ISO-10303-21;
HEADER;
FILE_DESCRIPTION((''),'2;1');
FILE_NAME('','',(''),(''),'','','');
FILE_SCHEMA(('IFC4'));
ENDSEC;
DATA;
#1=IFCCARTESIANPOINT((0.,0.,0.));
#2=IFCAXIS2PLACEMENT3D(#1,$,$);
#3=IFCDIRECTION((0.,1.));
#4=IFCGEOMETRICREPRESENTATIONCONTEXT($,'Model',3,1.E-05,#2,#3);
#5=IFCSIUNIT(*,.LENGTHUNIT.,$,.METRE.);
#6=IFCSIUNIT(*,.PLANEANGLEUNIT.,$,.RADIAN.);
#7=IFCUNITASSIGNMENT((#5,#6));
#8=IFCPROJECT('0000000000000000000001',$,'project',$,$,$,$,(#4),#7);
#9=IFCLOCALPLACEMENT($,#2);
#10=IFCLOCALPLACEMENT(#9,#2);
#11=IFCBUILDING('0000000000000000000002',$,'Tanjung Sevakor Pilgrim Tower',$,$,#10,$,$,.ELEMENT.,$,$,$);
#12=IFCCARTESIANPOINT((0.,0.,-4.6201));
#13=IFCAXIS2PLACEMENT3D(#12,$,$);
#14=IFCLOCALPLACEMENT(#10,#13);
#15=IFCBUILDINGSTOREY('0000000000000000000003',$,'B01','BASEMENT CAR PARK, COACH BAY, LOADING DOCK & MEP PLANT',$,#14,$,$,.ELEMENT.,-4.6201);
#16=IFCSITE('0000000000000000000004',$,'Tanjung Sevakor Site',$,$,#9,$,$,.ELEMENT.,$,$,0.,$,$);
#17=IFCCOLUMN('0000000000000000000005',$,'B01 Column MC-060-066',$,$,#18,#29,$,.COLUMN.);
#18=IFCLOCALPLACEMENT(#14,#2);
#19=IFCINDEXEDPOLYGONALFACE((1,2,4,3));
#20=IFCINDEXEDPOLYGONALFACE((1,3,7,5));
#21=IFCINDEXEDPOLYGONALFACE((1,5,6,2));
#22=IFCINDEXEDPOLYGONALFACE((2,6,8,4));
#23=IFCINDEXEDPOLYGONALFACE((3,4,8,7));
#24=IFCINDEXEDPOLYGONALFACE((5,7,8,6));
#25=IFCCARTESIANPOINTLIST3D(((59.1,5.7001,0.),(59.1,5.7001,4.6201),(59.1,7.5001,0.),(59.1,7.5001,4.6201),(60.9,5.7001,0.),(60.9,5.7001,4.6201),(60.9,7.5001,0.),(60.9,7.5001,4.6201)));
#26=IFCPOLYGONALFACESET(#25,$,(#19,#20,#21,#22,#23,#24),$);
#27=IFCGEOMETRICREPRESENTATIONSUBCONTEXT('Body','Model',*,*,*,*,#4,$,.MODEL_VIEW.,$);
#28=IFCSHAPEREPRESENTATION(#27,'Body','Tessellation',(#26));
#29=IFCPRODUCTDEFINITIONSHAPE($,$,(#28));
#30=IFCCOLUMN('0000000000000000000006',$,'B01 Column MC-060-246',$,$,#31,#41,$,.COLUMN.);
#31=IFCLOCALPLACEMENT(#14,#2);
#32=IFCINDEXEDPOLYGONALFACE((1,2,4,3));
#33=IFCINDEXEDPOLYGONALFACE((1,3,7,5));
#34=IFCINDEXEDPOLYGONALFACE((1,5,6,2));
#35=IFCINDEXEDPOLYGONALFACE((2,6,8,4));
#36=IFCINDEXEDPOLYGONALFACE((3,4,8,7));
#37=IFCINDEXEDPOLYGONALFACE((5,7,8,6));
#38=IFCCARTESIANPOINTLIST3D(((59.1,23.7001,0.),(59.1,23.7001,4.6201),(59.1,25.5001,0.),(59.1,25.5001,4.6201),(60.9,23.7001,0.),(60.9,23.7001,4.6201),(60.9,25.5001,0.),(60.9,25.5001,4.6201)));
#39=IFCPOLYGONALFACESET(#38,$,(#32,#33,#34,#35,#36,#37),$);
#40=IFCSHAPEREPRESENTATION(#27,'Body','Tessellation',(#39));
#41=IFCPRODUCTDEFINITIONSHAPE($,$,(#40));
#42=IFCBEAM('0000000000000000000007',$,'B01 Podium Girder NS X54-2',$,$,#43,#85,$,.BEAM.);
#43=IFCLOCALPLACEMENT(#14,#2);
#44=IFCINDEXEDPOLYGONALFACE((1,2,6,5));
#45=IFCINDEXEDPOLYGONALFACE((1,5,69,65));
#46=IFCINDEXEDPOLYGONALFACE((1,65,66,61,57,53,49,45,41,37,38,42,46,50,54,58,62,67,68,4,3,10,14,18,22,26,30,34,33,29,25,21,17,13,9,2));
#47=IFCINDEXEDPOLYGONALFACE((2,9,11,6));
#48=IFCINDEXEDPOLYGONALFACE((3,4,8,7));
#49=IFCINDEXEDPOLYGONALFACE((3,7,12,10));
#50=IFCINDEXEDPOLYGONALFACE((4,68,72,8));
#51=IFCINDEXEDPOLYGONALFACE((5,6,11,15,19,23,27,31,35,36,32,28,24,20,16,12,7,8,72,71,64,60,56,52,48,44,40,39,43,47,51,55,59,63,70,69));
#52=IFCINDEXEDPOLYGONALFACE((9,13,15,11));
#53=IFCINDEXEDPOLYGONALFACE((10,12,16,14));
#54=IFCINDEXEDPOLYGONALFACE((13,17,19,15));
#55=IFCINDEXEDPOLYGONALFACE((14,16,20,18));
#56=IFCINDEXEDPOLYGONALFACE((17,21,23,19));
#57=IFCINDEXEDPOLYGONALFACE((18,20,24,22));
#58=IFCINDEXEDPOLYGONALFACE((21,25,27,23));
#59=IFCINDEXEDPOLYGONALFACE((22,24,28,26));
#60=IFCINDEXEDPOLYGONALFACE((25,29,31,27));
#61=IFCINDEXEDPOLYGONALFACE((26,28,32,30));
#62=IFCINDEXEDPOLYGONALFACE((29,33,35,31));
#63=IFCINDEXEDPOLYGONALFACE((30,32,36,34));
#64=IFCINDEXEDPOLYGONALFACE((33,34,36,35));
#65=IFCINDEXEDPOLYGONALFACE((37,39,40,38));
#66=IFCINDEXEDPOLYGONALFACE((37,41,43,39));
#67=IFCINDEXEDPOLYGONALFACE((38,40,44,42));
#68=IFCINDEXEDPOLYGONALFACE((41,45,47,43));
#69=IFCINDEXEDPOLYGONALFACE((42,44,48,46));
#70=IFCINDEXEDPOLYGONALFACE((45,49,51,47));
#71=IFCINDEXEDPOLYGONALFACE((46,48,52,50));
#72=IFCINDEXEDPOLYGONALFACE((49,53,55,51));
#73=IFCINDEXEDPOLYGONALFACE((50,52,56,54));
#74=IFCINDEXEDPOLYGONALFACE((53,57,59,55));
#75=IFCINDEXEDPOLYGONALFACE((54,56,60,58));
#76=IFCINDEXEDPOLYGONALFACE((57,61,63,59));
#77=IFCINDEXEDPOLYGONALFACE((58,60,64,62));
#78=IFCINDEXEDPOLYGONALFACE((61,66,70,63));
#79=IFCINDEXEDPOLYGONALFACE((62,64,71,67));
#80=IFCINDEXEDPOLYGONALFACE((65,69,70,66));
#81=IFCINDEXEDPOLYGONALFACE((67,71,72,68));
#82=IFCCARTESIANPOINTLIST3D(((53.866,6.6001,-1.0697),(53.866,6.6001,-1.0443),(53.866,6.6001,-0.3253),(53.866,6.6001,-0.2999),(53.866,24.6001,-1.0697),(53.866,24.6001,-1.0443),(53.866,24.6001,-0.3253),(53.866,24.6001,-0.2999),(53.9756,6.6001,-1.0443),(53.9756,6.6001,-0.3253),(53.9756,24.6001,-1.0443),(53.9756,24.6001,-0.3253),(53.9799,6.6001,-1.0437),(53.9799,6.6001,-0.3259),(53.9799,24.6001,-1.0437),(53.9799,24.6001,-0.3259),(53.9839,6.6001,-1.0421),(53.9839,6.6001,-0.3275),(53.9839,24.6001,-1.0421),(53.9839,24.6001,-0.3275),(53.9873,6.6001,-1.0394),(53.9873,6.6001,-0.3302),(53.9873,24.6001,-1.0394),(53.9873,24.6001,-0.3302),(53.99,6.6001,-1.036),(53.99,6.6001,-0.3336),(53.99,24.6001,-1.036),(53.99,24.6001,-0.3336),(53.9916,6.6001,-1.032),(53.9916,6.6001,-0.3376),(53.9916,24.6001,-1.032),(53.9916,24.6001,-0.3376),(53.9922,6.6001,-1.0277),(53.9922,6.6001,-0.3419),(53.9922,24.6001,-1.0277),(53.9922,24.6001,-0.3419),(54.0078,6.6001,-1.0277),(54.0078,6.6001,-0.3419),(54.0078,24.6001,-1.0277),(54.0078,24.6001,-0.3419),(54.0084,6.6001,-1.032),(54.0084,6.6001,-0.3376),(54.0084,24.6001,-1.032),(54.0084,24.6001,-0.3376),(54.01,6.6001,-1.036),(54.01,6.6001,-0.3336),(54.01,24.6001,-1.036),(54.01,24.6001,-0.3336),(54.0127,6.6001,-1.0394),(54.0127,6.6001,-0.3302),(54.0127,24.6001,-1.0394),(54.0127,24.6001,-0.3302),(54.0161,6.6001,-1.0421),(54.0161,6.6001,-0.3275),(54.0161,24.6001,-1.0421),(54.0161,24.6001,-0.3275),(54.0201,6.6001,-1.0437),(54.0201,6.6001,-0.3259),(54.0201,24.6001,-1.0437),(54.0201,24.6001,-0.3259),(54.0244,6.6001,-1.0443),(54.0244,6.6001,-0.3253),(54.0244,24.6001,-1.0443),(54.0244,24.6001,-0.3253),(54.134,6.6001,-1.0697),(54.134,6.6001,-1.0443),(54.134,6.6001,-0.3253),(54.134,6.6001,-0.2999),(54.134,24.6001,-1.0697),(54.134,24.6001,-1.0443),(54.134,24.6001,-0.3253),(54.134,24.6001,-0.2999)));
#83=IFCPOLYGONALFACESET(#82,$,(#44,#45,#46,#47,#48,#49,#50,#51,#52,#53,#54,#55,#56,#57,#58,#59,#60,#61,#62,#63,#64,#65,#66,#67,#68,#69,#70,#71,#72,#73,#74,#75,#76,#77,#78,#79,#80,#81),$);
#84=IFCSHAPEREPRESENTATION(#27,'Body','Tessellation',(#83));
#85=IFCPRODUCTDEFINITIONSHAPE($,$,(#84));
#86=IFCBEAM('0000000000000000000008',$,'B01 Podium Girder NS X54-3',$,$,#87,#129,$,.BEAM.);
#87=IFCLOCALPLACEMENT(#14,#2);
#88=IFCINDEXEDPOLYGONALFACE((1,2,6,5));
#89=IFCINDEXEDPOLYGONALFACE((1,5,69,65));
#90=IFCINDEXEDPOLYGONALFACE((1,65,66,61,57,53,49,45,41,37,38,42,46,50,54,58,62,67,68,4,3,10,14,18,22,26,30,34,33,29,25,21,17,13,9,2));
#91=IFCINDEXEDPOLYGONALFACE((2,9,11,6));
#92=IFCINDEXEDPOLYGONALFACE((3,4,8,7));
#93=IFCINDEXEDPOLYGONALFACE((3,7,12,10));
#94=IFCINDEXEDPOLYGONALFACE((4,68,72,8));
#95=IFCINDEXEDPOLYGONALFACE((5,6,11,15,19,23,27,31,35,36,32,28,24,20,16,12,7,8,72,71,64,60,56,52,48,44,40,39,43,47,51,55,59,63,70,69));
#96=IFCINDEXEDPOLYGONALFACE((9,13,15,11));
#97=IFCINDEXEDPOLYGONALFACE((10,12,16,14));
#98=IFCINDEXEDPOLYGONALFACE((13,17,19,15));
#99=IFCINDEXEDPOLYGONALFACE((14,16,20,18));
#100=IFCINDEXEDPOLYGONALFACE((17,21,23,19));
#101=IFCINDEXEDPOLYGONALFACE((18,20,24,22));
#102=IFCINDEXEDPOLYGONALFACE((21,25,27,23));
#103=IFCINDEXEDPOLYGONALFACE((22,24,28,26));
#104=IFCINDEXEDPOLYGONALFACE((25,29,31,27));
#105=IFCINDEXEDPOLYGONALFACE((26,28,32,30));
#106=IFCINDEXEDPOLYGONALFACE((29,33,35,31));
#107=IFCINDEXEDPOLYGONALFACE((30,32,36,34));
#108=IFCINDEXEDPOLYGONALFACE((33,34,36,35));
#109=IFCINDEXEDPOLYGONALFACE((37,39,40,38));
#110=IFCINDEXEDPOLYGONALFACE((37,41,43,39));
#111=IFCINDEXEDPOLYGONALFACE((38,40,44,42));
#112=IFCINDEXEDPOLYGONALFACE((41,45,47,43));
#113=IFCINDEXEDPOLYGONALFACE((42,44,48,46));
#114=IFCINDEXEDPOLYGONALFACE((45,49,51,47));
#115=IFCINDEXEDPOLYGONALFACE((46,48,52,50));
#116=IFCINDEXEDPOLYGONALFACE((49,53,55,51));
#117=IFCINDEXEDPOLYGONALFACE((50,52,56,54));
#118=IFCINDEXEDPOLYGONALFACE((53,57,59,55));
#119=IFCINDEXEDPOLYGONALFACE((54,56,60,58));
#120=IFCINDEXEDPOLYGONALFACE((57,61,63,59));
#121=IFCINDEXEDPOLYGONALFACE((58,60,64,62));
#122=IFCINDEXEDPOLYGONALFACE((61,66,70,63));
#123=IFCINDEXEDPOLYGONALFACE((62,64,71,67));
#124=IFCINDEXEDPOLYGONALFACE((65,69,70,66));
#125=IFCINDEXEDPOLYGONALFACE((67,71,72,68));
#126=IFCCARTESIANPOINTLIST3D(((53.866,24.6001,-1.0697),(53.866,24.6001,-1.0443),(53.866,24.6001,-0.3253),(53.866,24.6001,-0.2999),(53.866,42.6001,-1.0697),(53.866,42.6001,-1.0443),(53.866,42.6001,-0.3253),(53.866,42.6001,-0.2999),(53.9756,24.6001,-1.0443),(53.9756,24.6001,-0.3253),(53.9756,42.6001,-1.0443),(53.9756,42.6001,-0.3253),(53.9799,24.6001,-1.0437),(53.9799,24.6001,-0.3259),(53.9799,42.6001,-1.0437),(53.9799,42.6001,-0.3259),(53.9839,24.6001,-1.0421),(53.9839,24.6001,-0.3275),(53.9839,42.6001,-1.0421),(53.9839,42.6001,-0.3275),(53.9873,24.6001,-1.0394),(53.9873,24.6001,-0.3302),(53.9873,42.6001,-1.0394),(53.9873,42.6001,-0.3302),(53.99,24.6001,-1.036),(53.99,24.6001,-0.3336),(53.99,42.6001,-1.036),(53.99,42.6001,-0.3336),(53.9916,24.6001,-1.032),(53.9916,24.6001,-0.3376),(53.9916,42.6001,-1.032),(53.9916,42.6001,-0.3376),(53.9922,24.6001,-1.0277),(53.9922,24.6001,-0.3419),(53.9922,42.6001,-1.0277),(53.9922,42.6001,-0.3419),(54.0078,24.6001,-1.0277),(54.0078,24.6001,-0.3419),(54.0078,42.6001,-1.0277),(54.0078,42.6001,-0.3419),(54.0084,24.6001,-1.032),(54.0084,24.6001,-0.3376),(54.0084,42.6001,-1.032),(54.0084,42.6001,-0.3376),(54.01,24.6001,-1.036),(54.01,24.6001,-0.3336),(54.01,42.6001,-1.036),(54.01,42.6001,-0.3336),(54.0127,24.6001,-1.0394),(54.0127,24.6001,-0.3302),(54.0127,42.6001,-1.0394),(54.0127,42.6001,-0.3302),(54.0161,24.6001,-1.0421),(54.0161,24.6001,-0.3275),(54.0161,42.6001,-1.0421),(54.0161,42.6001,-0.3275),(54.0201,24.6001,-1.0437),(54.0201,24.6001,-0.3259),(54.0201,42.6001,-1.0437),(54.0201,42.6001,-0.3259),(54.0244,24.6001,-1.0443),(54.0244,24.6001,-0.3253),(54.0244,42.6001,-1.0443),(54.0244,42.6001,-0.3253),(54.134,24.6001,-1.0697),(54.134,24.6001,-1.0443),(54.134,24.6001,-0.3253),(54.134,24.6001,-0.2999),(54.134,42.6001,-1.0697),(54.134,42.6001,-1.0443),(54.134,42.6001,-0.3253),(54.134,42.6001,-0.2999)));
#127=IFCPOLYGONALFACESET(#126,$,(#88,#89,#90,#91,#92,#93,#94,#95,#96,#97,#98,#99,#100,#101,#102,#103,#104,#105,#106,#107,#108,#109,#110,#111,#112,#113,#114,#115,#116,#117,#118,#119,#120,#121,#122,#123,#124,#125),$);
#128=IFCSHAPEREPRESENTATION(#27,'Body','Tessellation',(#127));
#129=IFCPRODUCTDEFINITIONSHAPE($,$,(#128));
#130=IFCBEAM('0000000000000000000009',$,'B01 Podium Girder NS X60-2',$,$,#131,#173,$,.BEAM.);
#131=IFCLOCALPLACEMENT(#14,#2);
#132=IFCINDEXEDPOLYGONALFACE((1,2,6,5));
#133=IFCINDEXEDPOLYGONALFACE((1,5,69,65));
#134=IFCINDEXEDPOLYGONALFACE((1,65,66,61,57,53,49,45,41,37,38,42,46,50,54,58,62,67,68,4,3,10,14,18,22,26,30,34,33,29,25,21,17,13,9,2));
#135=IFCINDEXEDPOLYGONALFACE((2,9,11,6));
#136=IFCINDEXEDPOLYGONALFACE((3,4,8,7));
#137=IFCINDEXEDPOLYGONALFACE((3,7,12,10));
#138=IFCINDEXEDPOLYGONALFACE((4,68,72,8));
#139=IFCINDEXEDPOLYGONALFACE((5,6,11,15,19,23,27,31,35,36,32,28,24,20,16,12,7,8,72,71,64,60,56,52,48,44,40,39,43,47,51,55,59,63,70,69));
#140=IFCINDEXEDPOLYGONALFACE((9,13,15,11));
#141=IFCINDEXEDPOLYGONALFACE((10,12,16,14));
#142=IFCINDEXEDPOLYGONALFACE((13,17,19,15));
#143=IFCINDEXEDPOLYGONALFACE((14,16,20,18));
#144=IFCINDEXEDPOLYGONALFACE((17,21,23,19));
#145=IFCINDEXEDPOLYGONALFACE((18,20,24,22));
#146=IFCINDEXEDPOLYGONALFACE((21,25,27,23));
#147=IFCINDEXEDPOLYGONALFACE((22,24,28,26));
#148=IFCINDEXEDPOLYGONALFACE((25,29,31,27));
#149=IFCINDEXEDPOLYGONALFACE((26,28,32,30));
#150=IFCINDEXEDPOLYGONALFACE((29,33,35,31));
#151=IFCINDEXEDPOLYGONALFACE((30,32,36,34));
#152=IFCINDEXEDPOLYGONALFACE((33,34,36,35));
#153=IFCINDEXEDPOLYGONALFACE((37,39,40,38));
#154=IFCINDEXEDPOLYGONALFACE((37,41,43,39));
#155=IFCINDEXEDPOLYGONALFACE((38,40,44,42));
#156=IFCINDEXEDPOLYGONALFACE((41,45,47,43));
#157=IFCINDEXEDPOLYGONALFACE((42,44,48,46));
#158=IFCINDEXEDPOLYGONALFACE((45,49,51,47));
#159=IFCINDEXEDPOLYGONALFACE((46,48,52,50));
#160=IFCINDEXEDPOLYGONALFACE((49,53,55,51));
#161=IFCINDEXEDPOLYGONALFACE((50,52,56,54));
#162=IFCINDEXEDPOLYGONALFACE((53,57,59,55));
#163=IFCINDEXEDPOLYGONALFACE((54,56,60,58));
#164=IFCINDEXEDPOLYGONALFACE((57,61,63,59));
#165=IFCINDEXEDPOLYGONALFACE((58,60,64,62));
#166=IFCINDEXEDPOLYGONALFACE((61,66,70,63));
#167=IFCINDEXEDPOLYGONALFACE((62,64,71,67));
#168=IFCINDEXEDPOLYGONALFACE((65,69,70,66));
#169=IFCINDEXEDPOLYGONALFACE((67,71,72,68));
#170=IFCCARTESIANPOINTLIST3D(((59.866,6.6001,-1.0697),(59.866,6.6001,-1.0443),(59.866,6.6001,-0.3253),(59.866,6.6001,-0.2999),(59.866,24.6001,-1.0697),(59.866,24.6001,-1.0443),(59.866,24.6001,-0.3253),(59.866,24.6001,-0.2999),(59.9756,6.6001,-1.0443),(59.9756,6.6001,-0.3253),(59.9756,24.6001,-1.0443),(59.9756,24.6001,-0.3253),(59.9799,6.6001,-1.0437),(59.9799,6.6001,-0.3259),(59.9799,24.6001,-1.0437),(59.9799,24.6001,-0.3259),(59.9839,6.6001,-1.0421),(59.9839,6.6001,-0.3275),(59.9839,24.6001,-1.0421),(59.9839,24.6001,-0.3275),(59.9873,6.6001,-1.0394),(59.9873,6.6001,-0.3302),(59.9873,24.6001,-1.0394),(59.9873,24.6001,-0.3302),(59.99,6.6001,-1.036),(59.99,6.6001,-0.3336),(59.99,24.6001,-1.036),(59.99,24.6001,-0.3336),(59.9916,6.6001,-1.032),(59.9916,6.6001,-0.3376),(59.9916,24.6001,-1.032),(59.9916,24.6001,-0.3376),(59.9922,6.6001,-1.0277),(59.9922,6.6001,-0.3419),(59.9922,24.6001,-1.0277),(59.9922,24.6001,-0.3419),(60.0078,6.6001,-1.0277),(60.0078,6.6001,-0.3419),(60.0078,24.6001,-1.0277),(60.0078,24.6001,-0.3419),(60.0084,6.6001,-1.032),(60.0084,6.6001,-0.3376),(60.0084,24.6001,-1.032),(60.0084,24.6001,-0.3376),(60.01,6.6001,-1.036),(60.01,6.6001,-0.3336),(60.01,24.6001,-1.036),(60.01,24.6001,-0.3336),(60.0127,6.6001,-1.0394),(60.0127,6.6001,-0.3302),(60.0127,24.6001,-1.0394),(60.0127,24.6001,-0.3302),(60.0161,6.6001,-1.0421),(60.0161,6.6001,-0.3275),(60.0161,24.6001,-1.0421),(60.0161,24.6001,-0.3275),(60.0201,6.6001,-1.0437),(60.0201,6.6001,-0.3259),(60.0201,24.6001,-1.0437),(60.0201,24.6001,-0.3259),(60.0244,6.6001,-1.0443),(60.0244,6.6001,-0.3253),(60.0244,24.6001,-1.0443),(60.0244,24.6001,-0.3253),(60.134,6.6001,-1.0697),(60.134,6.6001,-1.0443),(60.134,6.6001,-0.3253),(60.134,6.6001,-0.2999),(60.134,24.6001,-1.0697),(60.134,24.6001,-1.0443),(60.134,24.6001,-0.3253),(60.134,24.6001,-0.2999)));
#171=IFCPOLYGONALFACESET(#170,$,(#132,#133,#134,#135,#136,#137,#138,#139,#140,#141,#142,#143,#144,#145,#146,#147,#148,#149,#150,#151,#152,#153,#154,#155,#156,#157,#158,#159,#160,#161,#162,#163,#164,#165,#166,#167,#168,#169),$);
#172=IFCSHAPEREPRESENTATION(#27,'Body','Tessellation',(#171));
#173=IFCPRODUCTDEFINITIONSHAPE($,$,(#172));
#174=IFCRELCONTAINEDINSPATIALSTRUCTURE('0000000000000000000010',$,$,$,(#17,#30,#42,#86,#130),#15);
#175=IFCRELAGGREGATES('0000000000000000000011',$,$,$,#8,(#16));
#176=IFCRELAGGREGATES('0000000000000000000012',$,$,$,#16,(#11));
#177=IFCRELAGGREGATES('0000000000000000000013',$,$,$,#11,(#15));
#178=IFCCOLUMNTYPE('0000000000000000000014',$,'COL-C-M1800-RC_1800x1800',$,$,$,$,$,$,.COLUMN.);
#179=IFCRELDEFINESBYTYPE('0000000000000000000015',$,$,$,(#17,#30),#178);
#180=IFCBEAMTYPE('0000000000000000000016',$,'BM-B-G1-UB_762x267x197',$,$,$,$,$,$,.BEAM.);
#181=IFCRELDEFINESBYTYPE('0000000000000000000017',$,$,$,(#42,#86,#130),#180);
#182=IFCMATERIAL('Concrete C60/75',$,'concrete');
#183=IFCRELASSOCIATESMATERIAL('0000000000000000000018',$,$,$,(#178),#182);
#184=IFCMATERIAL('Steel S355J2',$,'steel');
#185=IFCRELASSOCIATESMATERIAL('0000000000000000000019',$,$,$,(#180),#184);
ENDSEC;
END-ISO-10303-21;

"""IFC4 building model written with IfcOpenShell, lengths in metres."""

from ifc_helpers import new_model, si_unit, direction, frame, origin, origin_2d, place, context, subcontext, project, spatial, rectangle, i_section, extrude, material, material_profile, profile_set, type_object, element, save


model = new_model("IFC4")

# Units and contexts
model_context = context("Model", 3, precision=1e-05, world=origin(), true_north=direction((0.0, 1.0)))
body_context = subcontext(model_context, "Body", "Model", "MODEL_VIEW")
ifc_project = project(units=[si_unit("LENGTHUNIT", "METRE"), si_unit("PLANEANGLEUNIT", "RADIAN")], contexts=[model_context])

# Site, building, storey
site_placement = place(None, origin())
site = spatial("IfcSite", under=ifc_project, at=site_placement, Name="Tanjung Sevakor Site", CompositionType="ELEMENT", RefElevation=0.0)
building_placement = place(site_placement, origin())
building = spatial("IfcBuilding", under=site, at=building_placement, Name="Tanjung Sevakor Pilgrim Tower", CompositionType="ELEMENT")
storey_placement = place(building_placement, frame((0.0, 0.0, -4.6201)))
storey = spatial("IfcBuildingStorey", under=building, at=storey_placement, Name="B01", Description="BASEMENT CAR PARK, COACH BAY, LOADING DOCK & MEP PLANT", CompositionType="ELEMENT", Elevation=-4.6201)

# Columns
ifc_material_1 = material(Name="Concrete C60/75", Category="concrete")
ifc_material_profile_1 = material_profile(ifc_material_1, rectangle(XDim=1.8, YDim=1.8, at=origin_2d()))
ifc_profile_set_1 = profile_set([ifc_material_profile_1], Name="Concrete C60/75")
column_type = type_object("IfcColumnType", Name="COL-C-M1800-RC_1800x1800", PredefinedType="COLUMN", material=ifc_profile_set_1)
for number, where, z_axis, x_axis, name in (
    (1, (60.0, 6.6001, 0.0), (0.0, 0.0, 1.0), (1.0, 0.0, 0.0), "B01 Column MC-060-066"),
    (2, (60.0, 24.6001, 0.0), (0.0, 0.0, 1.0), (1.0, 0.0, 0.0), "B01 Column MC-060-246"),
):
    element("IfcColumn", number, at=place(storey_placement, frame(where, z_axis=z_axis, x_axis=x_axis)), inside=storey, type_object=column_type, Name=name, PredefinedType="COLUMN", context=body_context, shape_type="SweptSolid", body=[
        extrude(rectangle(XDim=1.8, YDim=1.8, at=origin_2d()), origin(), (0.0, 0.0, 1.0), 4.6201),
    ])

# Beams
ifc_material_2 = material(Name="Steel S355J2", Category="steel")
ifc_material_profile_2 = material_profile(ifc_material_2, i_section(OverallWidth=0.2681, OverallDepth=0.7698, WebThickness=0.0156, FlangeThickness=0.0254, FilletRadius=0.0166, at=origin_2d()))
ifc_profile_set_2 = profile_set([ifc_material_profile_2], Name="Steel S355J2")
beam_type_1 = type_object("IfcBeamType", Name="BM-B-G1-UB_762x267x197", PredefinedType="BEAM", material=ifc_profile_set_2)
for number, where, z_axis, x_axis, name in (
    (3, (54.0, 6.6001, -0.6848), (0.0, 1.0, 0.0), (-1.0, 0.0, 0.0), "B01 Podium Girder NS X54-2"),
    (4, (54.0, 24.6001, -0.6848), (0.0, 1.0, 0.0), (-1.0, 0.0, 0.0), "B01 Podium Girder NS X54-3"),
    (5, (60.0, 6.6001, -0.6848), (0.0, 1.0, 0.0), (-1.0, 0.0, 0.0), "B01 Podium Girder NS X60-2"),
):
    element("IfcBeam", number, at=place(storey_placement, frame(where, z_axis=z_axis, x_axis=x_axis)), inside=storey, type_object=beam_type_1, Name=name, PredefinedType="BEAM", context=body_context, shape_type="SweptSolid", body=[
        extrude(i_section(OverallWidth=0.2681, OverallDepth=0.7698, WebThickness=0.0156, FlangeThickness=0.0254, FilletRadius=0.0166, at=origin_2d()), origin(), (0.0, 0.0, 1.0), 18.0),
    ])

save(model, "model.ifc")
